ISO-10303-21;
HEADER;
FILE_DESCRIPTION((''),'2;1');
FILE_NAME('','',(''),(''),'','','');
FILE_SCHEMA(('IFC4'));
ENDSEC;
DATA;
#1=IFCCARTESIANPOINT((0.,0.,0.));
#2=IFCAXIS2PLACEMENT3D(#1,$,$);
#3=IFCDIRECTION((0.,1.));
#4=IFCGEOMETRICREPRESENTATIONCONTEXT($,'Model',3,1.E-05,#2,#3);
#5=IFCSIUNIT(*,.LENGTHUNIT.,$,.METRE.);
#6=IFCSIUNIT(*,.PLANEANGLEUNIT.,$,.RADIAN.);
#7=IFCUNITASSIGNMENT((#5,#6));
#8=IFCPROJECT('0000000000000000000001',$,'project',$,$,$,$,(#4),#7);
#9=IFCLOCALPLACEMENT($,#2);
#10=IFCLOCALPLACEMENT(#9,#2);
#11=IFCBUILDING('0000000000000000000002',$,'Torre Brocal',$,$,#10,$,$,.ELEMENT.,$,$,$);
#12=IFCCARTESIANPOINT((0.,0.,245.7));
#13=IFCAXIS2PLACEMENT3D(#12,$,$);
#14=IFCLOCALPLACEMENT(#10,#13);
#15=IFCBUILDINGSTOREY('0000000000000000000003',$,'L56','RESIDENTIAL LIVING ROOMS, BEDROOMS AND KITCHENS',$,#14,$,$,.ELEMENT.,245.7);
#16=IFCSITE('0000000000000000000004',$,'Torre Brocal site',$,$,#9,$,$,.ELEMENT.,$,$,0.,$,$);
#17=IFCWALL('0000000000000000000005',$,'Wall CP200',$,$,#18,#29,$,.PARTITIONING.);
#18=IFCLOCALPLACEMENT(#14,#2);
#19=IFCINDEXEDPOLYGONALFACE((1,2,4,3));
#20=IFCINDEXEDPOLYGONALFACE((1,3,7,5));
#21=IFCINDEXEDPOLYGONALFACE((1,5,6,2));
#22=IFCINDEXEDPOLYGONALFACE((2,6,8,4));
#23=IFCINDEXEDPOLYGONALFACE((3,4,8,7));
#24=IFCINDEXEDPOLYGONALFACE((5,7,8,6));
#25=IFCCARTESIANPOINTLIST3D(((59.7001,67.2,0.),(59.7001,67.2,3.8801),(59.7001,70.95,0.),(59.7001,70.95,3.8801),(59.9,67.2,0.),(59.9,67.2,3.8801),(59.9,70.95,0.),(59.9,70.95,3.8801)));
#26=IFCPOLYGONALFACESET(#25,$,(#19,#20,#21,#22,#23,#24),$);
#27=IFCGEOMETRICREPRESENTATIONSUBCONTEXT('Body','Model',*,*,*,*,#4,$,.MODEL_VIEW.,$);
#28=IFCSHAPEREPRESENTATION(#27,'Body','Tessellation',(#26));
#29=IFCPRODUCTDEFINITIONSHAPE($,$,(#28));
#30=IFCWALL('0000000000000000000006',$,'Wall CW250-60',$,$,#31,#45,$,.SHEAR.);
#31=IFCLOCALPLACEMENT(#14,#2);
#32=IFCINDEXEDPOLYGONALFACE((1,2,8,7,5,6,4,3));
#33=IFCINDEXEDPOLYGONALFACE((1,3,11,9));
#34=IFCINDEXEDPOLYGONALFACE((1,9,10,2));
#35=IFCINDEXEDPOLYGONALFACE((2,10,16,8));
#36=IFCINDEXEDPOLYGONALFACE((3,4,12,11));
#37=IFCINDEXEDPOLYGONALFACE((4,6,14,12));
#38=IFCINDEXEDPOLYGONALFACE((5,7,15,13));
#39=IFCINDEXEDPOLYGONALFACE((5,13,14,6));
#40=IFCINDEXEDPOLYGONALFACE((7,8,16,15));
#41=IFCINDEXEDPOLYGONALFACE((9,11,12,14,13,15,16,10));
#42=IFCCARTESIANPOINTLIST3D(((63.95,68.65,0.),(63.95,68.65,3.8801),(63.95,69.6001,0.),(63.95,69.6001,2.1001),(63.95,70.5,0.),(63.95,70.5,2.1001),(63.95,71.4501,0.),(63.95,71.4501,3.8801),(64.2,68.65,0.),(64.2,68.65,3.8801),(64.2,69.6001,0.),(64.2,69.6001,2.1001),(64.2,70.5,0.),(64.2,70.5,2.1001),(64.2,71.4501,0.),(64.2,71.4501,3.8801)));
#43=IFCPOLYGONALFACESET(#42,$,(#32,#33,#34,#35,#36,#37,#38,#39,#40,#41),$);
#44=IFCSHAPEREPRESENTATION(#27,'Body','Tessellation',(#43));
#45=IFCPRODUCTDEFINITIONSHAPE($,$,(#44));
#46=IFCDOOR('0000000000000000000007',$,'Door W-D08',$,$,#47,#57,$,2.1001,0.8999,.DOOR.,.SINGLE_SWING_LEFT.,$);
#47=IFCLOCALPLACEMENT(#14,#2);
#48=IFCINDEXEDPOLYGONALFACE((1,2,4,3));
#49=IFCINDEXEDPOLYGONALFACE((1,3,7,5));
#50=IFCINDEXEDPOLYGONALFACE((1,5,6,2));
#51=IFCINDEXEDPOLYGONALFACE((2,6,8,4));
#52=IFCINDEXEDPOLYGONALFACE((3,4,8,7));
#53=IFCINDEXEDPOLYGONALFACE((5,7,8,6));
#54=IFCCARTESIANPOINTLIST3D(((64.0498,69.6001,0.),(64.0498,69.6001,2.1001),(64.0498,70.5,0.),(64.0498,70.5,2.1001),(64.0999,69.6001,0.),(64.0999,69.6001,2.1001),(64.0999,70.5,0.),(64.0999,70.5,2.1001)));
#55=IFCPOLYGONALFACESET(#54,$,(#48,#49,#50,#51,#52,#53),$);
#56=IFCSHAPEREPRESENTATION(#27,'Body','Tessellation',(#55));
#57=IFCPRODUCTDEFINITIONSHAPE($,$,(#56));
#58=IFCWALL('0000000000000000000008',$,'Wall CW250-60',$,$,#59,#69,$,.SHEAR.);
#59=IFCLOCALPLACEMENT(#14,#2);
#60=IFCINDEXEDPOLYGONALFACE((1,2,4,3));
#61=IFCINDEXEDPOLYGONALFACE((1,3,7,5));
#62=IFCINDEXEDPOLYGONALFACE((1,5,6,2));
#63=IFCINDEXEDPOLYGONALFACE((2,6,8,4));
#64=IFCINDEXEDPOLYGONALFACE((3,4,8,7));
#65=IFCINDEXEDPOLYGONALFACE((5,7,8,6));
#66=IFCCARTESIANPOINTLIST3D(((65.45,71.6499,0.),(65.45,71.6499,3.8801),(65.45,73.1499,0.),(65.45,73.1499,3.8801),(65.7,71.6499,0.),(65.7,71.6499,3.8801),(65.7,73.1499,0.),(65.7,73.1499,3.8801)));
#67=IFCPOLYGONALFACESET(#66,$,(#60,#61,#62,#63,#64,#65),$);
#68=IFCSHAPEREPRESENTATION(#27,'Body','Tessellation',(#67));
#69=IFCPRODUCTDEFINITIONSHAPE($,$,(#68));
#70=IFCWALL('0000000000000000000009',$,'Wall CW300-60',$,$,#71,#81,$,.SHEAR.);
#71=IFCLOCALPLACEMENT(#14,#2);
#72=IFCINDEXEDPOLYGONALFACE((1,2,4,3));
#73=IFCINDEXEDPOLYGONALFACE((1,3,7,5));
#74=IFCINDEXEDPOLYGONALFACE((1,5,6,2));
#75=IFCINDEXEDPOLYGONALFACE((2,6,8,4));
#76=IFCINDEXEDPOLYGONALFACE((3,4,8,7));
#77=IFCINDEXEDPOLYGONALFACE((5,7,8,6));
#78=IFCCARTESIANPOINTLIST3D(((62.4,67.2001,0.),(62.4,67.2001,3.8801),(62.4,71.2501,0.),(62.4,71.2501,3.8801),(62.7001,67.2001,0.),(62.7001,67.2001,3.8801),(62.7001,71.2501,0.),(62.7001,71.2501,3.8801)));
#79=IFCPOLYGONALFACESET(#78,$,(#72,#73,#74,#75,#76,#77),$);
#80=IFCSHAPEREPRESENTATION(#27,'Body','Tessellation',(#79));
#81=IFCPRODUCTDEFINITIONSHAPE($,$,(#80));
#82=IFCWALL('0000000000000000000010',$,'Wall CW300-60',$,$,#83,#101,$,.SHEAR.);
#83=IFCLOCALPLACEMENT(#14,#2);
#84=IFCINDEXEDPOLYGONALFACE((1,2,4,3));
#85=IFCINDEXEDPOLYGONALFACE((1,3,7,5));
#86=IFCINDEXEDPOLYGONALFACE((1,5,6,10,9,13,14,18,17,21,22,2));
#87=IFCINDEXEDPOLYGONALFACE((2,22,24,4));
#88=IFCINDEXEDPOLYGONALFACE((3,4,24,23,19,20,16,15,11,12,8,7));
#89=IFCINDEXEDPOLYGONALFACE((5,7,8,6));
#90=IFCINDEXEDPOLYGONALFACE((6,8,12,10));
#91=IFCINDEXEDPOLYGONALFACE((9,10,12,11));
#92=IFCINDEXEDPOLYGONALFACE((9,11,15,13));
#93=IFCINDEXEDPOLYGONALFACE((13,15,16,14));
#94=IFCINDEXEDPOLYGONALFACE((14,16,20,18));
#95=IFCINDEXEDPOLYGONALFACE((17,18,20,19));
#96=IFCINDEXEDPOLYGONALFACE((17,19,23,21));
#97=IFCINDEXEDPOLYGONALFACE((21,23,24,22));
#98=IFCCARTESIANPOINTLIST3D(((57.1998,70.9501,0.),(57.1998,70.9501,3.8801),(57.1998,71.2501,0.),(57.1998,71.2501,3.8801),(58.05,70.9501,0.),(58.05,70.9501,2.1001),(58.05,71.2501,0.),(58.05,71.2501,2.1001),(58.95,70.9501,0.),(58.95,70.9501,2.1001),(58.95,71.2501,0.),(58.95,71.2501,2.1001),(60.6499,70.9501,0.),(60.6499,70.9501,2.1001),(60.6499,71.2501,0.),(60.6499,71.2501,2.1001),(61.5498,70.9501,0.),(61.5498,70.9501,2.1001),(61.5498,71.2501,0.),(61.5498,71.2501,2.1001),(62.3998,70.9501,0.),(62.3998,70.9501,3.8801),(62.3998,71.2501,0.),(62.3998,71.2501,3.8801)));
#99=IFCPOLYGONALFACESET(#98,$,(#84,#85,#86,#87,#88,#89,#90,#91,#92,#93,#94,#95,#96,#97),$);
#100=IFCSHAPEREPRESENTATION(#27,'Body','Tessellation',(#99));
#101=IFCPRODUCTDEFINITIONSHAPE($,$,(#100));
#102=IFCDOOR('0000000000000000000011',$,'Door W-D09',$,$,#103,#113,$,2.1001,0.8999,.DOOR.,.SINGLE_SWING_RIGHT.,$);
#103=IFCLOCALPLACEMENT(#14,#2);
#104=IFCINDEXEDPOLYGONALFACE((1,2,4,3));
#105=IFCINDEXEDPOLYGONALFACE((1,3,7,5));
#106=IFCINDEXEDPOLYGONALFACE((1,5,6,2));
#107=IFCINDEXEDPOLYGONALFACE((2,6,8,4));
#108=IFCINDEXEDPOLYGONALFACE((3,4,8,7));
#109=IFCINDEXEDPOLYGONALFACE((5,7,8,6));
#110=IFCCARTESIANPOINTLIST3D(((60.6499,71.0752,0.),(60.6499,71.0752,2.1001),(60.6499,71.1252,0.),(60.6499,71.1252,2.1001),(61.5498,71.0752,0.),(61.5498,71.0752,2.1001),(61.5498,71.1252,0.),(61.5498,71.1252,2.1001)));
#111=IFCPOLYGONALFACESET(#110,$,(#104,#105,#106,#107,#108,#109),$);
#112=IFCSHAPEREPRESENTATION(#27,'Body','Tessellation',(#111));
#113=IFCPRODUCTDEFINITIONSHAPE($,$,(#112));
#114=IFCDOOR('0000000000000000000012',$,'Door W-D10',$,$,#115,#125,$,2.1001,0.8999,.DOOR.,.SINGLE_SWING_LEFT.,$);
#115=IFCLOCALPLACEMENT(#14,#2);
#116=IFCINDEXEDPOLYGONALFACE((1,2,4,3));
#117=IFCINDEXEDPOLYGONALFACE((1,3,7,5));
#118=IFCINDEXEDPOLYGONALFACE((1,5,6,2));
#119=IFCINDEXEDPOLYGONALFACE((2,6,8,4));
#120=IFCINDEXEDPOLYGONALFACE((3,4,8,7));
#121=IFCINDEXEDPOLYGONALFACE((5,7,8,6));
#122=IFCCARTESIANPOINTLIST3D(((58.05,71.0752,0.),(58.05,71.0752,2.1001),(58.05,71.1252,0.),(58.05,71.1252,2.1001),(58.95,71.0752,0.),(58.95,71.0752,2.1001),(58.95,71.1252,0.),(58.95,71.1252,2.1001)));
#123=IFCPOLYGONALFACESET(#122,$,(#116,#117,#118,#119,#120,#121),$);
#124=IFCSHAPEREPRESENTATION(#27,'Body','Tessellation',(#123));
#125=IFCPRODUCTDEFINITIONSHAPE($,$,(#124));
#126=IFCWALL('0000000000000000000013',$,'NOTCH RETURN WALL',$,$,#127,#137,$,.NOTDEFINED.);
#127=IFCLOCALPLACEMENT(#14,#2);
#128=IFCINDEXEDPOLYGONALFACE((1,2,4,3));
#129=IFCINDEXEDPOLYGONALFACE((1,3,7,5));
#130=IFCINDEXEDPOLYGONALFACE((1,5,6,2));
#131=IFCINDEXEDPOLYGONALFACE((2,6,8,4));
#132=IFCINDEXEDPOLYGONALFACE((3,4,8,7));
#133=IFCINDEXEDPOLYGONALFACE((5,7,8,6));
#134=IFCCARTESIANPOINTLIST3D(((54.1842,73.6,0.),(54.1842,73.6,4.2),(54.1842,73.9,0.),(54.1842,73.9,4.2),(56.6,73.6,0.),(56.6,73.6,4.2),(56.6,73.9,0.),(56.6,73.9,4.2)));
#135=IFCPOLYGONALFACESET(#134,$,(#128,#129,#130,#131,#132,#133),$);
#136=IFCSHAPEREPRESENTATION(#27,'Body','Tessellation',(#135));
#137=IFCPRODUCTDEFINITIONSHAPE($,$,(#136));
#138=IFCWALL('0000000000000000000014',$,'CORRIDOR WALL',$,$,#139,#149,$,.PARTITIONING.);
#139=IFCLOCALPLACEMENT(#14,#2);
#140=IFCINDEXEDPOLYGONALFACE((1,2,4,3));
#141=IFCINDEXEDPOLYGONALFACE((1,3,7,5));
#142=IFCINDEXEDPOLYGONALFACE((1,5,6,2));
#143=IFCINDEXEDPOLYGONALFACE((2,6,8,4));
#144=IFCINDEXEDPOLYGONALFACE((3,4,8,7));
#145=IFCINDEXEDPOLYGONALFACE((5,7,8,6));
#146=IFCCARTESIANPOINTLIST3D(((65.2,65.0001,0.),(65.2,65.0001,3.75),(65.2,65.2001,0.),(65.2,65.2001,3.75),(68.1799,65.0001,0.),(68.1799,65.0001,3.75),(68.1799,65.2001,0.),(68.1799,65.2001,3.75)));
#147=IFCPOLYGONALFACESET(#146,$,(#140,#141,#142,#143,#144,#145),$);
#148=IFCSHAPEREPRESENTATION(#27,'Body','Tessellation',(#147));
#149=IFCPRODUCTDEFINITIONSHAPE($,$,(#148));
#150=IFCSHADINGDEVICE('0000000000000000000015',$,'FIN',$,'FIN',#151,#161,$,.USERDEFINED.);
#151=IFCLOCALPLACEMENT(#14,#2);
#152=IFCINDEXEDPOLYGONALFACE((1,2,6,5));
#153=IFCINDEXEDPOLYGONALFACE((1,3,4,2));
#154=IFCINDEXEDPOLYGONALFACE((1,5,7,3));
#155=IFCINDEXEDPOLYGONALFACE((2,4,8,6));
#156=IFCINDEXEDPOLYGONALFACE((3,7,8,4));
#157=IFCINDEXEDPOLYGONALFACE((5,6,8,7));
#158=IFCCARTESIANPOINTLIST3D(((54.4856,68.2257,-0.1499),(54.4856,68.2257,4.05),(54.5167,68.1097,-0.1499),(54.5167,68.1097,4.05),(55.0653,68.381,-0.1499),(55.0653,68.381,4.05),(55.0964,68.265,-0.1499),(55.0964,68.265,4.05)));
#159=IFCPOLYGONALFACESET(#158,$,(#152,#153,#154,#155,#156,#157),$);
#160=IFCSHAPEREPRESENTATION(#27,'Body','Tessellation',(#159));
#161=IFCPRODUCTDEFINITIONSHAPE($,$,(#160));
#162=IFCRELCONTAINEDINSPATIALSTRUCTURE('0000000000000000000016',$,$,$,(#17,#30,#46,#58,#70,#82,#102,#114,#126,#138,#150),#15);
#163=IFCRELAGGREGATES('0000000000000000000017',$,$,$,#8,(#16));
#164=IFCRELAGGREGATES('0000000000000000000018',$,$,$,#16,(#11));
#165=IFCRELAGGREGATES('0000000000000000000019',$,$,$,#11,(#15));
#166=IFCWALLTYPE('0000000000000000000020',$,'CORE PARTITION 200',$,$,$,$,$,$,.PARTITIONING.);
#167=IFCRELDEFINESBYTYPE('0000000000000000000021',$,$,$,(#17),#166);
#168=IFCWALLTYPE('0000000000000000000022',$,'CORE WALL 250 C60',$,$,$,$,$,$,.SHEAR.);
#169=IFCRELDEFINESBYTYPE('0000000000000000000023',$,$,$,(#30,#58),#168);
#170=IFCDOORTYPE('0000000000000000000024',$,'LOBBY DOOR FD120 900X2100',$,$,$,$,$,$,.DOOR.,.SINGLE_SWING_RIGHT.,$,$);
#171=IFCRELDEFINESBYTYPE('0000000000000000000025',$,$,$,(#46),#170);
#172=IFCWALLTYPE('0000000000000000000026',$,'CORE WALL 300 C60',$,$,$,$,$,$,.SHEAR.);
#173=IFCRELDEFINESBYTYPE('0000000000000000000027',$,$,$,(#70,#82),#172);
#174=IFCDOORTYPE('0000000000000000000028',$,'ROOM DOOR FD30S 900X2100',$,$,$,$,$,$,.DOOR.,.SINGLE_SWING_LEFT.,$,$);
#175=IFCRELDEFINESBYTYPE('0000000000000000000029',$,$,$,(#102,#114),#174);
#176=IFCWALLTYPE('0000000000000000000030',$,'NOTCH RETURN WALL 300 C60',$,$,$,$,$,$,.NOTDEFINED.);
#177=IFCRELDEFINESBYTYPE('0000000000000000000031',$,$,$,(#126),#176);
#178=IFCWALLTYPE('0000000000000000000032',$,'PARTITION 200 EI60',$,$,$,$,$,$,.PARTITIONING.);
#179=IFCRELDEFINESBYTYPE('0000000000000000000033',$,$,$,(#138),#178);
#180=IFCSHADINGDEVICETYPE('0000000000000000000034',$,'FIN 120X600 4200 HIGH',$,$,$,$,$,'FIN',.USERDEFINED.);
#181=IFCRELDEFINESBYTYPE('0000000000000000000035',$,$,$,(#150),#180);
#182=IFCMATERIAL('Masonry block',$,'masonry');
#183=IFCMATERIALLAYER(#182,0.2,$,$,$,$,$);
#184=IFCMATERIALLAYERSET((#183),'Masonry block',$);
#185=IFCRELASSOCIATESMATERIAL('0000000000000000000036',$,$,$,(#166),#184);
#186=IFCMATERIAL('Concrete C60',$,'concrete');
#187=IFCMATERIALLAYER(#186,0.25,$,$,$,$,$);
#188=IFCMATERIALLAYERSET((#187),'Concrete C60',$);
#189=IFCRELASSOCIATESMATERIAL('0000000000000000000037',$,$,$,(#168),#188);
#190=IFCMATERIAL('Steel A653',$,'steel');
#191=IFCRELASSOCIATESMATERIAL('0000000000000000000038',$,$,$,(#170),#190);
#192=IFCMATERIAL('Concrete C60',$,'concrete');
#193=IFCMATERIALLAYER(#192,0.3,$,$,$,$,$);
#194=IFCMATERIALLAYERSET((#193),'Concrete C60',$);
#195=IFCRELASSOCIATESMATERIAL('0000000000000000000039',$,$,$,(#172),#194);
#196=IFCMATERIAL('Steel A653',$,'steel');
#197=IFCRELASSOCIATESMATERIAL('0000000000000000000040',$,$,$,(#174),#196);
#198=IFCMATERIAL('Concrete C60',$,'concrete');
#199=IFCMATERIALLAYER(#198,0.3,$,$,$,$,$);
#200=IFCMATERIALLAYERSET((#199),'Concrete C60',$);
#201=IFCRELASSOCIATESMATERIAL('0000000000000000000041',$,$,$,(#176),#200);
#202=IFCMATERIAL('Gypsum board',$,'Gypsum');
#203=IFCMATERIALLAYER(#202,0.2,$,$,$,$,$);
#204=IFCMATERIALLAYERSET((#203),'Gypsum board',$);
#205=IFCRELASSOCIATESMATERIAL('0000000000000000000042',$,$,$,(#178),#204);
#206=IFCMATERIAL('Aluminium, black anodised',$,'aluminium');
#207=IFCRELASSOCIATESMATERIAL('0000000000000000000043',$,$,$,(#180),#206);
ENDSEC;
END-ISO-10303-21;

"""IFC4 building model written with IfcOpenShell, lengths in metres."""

from ifc_helpers import new_model, si_unit, direction, frame, frame_2d, origin, origin_2d, place, context, subcontext, project, spatial, rectangle, extrude, material, layer, layer_set, material_profile, profile_set, type_object, element, fill, save


model = new_model("IFC4")

# Units and contexts
model_context = context("Model", 3, precision=1e-05, world=origin(), true_north=direction((0.0, 1.0)))
body_context = subcontext(model_context, "Body", "Model", "MODEL_VIEW")
ifc_project = project(units=[si_unit("LENGTHUNIT", "METRE"), si_unit("PLANEANGLEUNIT", "RADIAN")], contexts=[model_context])

# Site, building, storey
site_placement = place(None, origin())
site = spatial("IfcSite", under=ifc_project, at=site_placement, Name="Torre Brocal site", CompositionType="ELEMENT", RefElevation=0.0)
building_placement = place(site_placement, origin())
building = spatial("IfcBuilding", under=site, at=building_placement, Name="Torre Brocal", CompositionType="ELEMENT")
storey_placement = place(building_placement, frame((0.0, 0.0, 245.7)))
storey = spatial("IfcBuildingStorey", under=building, at=storey_placement, Name="L56", Description="RESIDENTIAL LIVING ROOMS, BEDROOMS AND KITCHENS", CompositionType="ELEMENT", Elevation=245.7)

# Wall
ifc_material_1 = material(Name="Masonry block", Category="masonry")
ifc_layer_1 = layer(ifc_material_1, 0.2)
ifc_layer_set_1 = layer_set([ifc_layer_1], Name="Masonry block")
wall_type_1 = type_object("IfcWallType", Name="CORE PARTITION 200", PredefinedType="PARTITIONING", material=ifc_layer_set_1)
wall_1_placement = place(storey_placement, frame((59.8, 70.95, 0.0), z_axis=(0.0, 0.0, 1.0), x_axis=(0.0, -1.0, 0.0)))
element("IfcWall", 1, at=wall_1_placement, inside=storey, type_object=wall_type_1, Name="Wall CP200", PredefinedType="PARTITIONING", context=body_context, shape_type="SweptSolid", body=[
    extrude(rectangle(XDim=3.75, YDim=0.2, at=frame_2d((1.875, 0.0))), origin(), (0.0, 0.0, 1.0), 3.8801),
])

# Wall, opening, door
ifc_material_2 = material(Name="Concrete C60", Category="concrete")
ifc_layer_2 = layer(ifc_material_2, 0.25)
ifc_layer_set_2 = layer_set([ifc_layer_2], Name="Concrete C60")
wall_type_2 = type_object("IfcWallType", Name="CORE WALL 250 C60", PredefinedType="SHEAR", material=ifc_layer_set_2)
wall_2_placement = place(storey_placement, frame((64.075, 71.45, 0.0), z_axis=(0.0, 0.0, 1.0), x_axis=(0.0, -1.0, 0.0)))
wall_2 = element("IfcWall", 2, at=wall_2_placement, inside=storey, type_object=wall_type_2, Name="Wall CW250-60", PredefinedType="SHEAR", context=body_context, shape_type="SweptSolid", body=[
    extrude(rectangle(XDim=2.8, YDim=0.25, at=frame_2d((1.3999, 0.0))), origin(), (0.0, 0.0, 1.0), 3.8801),
])
opening_1_placement = place(wall_2_placement, frame((0.95, 0.0, 0.0)))
opening_1 = element("IfcOpeningElement", 3, at=opening_1_placement, cuts=wall_2, PredefinedType="OPENING", context=body_context, shape_type="SweptSolid", body=[
    extrude(rectangle(XDim=0.8999, YDim=2.1001, at=frame_2d((0.45, 1.05))), frame((0.0, 0.135, 0.0), z_axis=(0.0, -1.0, 0.0), x_axis=(1.0, 0.0, 0.0)), (0.0, 0.0, 1.0), 0.27),
])
ifc_material_3 = material(Name="Steel A653", Category="steel")
door_type_1 = type_object("IfcDoorType", Name="LOBBY DOOR FD120 900X2100", OperationType="SINGLE_SWING_RIGHT", PredefinedType="DOOR", material=ifc_material_3)
door_1_placement = place(opening_1_placement, origin())
door_1 = element("IfcDoor", 4, at=door_1_placement, inside=storey, type_object=door_type_1, Name="Door W-D08", OperationType="SINGLE_SWING_LEFT", OverallHeight=2.1001, OverallWidth=0.8999, PredefinedType="DOOR", context=body_context, shape_type="SweptSolid", body=[
    extrude(rectangle(XDim=0.8999, YDim=2.1001, at=frame_2d((0.45, 1.05))), frame((0.0, 0.0249, 0.0), z_axis=(0.0, -1.0, 0.0), x_axis=(1.0, 0.0, 0.0)), (0.0, 0.0, 1.0), 0.05),
])
fill(opening_1, door_1)

# Walls
wall_3_placement = place(storey_placement, frame((65.575, 73.1499, 0.0), z_axis=(0.0, 0.0, 1.0), x_axis=(0.0, -1.0, 0.0)))
element("IfcWall", 5, at=wall_3_placement, inside=storey, type_object=wall_type_2, Name="Wall CW250-60", PredefinedType="SHEAR", context=body_context, shape_type="SweptSolid", body=[
    extrude(rectangle(XDim=1.5, YDim=0.25, at=frame_2d((0.75, 0.0))), origin(), (0.0, 0.0, 1.0), 3.8801),
])
ifc_material_4 = material(Name="Concrete C60", Category="concrete")
ifc_layer_3 = layer(ifc_material_4, 0.3)
ifc_layer_set_3 = layer_set([ifc_layer_3], Name="Concrete C60")
wall_type_3 = type_object("IfcWallType", Name="CORE WALL 300 C60", PredefinedType="SHEAR", material=ifc_layer_set_3)
wall_4_placement = place(storey_placement, frame((62.55, 71.25, 0.0), z_axis=(0.0, 0.0, 1.0), x_axis=(0.0, -1.0, 0.0)))
element("IfcWall", 6, at=wall_4_placement, inside=storey, type_object=wall_type_3, Name="Wall CW300-60", PredefinedType="SHEAR", context=body_context, shape_type="SweptSolid", body=[
    extrude(rectangle(XDim=4.05, YDim=0.3, at=frame_2d((2.0249, 0.0))), origin(), (0.0, 0.0, 1.0), 3.8801),
])

# Wall, openings, doors
wall_5_placement = place(storey_placement, frame((62.3999, 71.1001, 0.0), z_axis=(0.0, 0.0, 1.0), x_axis=(-1.0, 0.0, 0.0)))
wall_5 = element("IfcWall", 7, at=wall_5_placement, inside=storey, type_object=wall_type_3, Name="Wall CW300-60", PredefinedType="SHEAR", context=body_context, shape_type="SweptSolid", body=[
    extrude(rectangle(XDim=5.2, YDim=0.3, at=frame_2d((2.6001, 0.0))), origin(), (0.0, 0.0, 1.0), 3.8801),
])
opening_2_placement = place(wall_5_placement, frame((0.8501, 0.0, 0.0)))
opening_2 = element("IfcOpeningElement", 8, at=opening_2_placement, cuts=wall_5, PredefinedType="OPENING", context=body_context, shape_type="SweptSolid", body=[
    extrude(rectangle(XDim=0.8999, YDim=2.1001, at=frame_2d((0.45, 1.05))), frame((0.0, 0.1599, 0.0), z_axis=(0.0, -1.0, 0.0), x_axis=(1.0, 0.0, 0.0)), (0.0, 0.0, 1.0), 0.3201),
])
opening_3_placement = place(wall_5_placement, frame((3.45, 0.0, 0.0)))
opening_3 = element("IfcOpeningElement", 9, at=opening_3_placement, cuts=wall_5, PredefinedType="OPENING", context=body_context, shape_type="SweptSolid", body=[
    extrude(rectangle(XDim=0.8999, YDim=2.1001, at=frame_2d((0.45, 1.05))), frame((0.0, 0.1599, 0.0), z_axis=(0.0, -1.0, 0.0), x_axis=(1.0, 0.0, 0.0)), (0.0, 0.0, 1.0), 0.3201),
])
ifc_material_5 = material(Name="Steel A653", Category="steel")
door_type_2 = type_object("IfcDoorType", Name="ROOM DOOR FD30S 900X2100", OperationType="SINGLE_SWING_LEFT", PredefinedType="DOOR", material=ifc_material_5)
door_2_placement = place(opening_2_placement, origin())
door_2 = element("IfcDoor", 10, at=door_2_placement, inside=storey, type_object=door_type_2, Name="Door W-D09", OperationType="SINGLE_SWING_RIGHT", OverallHeight=2.1001, OverallWidth=0.8999, PredefinedType="DOOR", context=body_context, shape_type="SweptSolid", body=[
    extrude(rectangle(XDim=0.8999, YDim=2.1001, at=frame_2d((0.45, 1.05))), frame((0.0, 0.0249, 0.0), z_axis=(0.0, -1.0, 0.0), x_axis=(1.0, 0.0, 0.0)), (0.0, 0.0, 1.0), 0.05),
])
fill(opening_2, door_2)
door_3_placement = place(opening_3_placement, origin())
door_3 = element("IfcDoor", 11, at=door_3_placement, inside=storey, type_object=door_type_2, Name="Door W-D10", OperationType="SINGLE_SWING_LEFT", OverallHeight=2.1001, OverallWidth=0.8999, PredefinedType="DOOR", context=body_context, shape_type="SweptSolid", body=[
    extrude(rectangle(XDim=0.8999, YDim=2.1001, at=frame_2d((0.45, 1.05))), frame((0.0, 0.0249, 0.0), z_axis=(0.0, -1.0, 0.0), x_axis=(1.0, 0.0, 0.0)), (0.0, 0.0, 1.0), 0.05),
])
fill(opening_3, door_3)

# Walls
ifc_material_6 = material(Name="Concrete C60", Category="concrete")
ifc_layer_4 = layer(ifc_material_6, 0.3)
ifc_layer_set_4 = layer_set([ifc_layer_4], Name="Concrete C60")
wall_type_4 = type_object("IfcWallType", Name="NOTCH RETURN WALL 300 C60", PredefinedType="NOTDEFINED", material=ifc_layer_set_4)
wall_6_placement = place(storey_placement, frame((56.6001, 73.75, 0.0), z_axis=(0.0, 0.0, 1.0), x_axis=(-1.0, 0.0, 0.0)))
element("IfcWall", 12, at=wall_6_placement, inside=storey, type_object=wall_type_4, Name="NOTCH RETURN WALL", PredefinedType="NOTDEFINED", context=body_context, shape_type="SweptSolid", body=[
    extrude(rectangle(XDim=2.4158, YDim=0.3, at=frame_2d((1.208, 0.0))), origin(), (0.0, 0.0, 1.0), 4.2),
])
ifc_material_7 = material(Name="Gypsum board", Category="Gypsum")
ifc_layer_5 = layer(ifc_material_7, 0.2)
ifc_layer_set_5 = layer_set([ifc_layer_5], Name="Gypsum board")
wall_type_5 = type_object("IfcWallType", Name="PARTITION 200 EI60", PredefinedType="PARTITIONING", material=ifc_layer_set_5)
wall_7_placement = place(storey_placement, frame((65.2, 65.1001, 0.0), z_axis=(0.0, 0.0, 1.0), x_axis=(1.0, 0.0, 0.0)))
element("IfcWall", 13, at=wall_7_placement, inside=storey, type_object=wall_type_5, Name="CORRIDOR WALL", PredefinedType="PARTITIONING", context=body_context, shape_type="SweptSolid", body=[
    extrude(rectangle(XDim=2.98, YDim=0.2, at=frame_2d((1.49, 0.0))), origin(), (0.0, 0.0, 1.0), 3.75),
])

# Shading device
ifc_material_8 = material(Name="Aluminium, black anodised", Category="aluminium")
ifc_material_profile_1 = material_profile(ifc_material_8, rectangle(XDim=0.1201, YDim=0.6001, at=origin_2d()), Name="FIN 120X600 4200 HIGH")
ifc_profile_set_1 = profile_set([ifc_material_profile_1], Name="Aluminium, black anodised")
shading_device_type = type_object("IfcShadingDeviceType", Name="FIN 120X600 4200 HIGH", ElementType="FIN", PredefinedType="USERDEFINED", material=ifc_profile_set_1)
shading_device_placement = place(storey_placement, frame((54.791, 68.2454, -0.1499), z_axis=(0.0, 0.0, 1.0), x_axis=(0.258819, -0.965926, 0.0)))
element("IfcShadingDevice", 14, at=shading_device_placement, inside=storey, type_object=shading_device_type, Name="FIN", ObjectType="FIN", PredefinedType="USERDEFINED", context=body_context, shape_type="SweptSolid", body=[
    extrude(rectangle(XDim=0.1201, YDim=0.6001, at=origin_2d()), origin(), (0.0, 0.0, 1.0), 4.2),
])

save(model, "model.ifc")
